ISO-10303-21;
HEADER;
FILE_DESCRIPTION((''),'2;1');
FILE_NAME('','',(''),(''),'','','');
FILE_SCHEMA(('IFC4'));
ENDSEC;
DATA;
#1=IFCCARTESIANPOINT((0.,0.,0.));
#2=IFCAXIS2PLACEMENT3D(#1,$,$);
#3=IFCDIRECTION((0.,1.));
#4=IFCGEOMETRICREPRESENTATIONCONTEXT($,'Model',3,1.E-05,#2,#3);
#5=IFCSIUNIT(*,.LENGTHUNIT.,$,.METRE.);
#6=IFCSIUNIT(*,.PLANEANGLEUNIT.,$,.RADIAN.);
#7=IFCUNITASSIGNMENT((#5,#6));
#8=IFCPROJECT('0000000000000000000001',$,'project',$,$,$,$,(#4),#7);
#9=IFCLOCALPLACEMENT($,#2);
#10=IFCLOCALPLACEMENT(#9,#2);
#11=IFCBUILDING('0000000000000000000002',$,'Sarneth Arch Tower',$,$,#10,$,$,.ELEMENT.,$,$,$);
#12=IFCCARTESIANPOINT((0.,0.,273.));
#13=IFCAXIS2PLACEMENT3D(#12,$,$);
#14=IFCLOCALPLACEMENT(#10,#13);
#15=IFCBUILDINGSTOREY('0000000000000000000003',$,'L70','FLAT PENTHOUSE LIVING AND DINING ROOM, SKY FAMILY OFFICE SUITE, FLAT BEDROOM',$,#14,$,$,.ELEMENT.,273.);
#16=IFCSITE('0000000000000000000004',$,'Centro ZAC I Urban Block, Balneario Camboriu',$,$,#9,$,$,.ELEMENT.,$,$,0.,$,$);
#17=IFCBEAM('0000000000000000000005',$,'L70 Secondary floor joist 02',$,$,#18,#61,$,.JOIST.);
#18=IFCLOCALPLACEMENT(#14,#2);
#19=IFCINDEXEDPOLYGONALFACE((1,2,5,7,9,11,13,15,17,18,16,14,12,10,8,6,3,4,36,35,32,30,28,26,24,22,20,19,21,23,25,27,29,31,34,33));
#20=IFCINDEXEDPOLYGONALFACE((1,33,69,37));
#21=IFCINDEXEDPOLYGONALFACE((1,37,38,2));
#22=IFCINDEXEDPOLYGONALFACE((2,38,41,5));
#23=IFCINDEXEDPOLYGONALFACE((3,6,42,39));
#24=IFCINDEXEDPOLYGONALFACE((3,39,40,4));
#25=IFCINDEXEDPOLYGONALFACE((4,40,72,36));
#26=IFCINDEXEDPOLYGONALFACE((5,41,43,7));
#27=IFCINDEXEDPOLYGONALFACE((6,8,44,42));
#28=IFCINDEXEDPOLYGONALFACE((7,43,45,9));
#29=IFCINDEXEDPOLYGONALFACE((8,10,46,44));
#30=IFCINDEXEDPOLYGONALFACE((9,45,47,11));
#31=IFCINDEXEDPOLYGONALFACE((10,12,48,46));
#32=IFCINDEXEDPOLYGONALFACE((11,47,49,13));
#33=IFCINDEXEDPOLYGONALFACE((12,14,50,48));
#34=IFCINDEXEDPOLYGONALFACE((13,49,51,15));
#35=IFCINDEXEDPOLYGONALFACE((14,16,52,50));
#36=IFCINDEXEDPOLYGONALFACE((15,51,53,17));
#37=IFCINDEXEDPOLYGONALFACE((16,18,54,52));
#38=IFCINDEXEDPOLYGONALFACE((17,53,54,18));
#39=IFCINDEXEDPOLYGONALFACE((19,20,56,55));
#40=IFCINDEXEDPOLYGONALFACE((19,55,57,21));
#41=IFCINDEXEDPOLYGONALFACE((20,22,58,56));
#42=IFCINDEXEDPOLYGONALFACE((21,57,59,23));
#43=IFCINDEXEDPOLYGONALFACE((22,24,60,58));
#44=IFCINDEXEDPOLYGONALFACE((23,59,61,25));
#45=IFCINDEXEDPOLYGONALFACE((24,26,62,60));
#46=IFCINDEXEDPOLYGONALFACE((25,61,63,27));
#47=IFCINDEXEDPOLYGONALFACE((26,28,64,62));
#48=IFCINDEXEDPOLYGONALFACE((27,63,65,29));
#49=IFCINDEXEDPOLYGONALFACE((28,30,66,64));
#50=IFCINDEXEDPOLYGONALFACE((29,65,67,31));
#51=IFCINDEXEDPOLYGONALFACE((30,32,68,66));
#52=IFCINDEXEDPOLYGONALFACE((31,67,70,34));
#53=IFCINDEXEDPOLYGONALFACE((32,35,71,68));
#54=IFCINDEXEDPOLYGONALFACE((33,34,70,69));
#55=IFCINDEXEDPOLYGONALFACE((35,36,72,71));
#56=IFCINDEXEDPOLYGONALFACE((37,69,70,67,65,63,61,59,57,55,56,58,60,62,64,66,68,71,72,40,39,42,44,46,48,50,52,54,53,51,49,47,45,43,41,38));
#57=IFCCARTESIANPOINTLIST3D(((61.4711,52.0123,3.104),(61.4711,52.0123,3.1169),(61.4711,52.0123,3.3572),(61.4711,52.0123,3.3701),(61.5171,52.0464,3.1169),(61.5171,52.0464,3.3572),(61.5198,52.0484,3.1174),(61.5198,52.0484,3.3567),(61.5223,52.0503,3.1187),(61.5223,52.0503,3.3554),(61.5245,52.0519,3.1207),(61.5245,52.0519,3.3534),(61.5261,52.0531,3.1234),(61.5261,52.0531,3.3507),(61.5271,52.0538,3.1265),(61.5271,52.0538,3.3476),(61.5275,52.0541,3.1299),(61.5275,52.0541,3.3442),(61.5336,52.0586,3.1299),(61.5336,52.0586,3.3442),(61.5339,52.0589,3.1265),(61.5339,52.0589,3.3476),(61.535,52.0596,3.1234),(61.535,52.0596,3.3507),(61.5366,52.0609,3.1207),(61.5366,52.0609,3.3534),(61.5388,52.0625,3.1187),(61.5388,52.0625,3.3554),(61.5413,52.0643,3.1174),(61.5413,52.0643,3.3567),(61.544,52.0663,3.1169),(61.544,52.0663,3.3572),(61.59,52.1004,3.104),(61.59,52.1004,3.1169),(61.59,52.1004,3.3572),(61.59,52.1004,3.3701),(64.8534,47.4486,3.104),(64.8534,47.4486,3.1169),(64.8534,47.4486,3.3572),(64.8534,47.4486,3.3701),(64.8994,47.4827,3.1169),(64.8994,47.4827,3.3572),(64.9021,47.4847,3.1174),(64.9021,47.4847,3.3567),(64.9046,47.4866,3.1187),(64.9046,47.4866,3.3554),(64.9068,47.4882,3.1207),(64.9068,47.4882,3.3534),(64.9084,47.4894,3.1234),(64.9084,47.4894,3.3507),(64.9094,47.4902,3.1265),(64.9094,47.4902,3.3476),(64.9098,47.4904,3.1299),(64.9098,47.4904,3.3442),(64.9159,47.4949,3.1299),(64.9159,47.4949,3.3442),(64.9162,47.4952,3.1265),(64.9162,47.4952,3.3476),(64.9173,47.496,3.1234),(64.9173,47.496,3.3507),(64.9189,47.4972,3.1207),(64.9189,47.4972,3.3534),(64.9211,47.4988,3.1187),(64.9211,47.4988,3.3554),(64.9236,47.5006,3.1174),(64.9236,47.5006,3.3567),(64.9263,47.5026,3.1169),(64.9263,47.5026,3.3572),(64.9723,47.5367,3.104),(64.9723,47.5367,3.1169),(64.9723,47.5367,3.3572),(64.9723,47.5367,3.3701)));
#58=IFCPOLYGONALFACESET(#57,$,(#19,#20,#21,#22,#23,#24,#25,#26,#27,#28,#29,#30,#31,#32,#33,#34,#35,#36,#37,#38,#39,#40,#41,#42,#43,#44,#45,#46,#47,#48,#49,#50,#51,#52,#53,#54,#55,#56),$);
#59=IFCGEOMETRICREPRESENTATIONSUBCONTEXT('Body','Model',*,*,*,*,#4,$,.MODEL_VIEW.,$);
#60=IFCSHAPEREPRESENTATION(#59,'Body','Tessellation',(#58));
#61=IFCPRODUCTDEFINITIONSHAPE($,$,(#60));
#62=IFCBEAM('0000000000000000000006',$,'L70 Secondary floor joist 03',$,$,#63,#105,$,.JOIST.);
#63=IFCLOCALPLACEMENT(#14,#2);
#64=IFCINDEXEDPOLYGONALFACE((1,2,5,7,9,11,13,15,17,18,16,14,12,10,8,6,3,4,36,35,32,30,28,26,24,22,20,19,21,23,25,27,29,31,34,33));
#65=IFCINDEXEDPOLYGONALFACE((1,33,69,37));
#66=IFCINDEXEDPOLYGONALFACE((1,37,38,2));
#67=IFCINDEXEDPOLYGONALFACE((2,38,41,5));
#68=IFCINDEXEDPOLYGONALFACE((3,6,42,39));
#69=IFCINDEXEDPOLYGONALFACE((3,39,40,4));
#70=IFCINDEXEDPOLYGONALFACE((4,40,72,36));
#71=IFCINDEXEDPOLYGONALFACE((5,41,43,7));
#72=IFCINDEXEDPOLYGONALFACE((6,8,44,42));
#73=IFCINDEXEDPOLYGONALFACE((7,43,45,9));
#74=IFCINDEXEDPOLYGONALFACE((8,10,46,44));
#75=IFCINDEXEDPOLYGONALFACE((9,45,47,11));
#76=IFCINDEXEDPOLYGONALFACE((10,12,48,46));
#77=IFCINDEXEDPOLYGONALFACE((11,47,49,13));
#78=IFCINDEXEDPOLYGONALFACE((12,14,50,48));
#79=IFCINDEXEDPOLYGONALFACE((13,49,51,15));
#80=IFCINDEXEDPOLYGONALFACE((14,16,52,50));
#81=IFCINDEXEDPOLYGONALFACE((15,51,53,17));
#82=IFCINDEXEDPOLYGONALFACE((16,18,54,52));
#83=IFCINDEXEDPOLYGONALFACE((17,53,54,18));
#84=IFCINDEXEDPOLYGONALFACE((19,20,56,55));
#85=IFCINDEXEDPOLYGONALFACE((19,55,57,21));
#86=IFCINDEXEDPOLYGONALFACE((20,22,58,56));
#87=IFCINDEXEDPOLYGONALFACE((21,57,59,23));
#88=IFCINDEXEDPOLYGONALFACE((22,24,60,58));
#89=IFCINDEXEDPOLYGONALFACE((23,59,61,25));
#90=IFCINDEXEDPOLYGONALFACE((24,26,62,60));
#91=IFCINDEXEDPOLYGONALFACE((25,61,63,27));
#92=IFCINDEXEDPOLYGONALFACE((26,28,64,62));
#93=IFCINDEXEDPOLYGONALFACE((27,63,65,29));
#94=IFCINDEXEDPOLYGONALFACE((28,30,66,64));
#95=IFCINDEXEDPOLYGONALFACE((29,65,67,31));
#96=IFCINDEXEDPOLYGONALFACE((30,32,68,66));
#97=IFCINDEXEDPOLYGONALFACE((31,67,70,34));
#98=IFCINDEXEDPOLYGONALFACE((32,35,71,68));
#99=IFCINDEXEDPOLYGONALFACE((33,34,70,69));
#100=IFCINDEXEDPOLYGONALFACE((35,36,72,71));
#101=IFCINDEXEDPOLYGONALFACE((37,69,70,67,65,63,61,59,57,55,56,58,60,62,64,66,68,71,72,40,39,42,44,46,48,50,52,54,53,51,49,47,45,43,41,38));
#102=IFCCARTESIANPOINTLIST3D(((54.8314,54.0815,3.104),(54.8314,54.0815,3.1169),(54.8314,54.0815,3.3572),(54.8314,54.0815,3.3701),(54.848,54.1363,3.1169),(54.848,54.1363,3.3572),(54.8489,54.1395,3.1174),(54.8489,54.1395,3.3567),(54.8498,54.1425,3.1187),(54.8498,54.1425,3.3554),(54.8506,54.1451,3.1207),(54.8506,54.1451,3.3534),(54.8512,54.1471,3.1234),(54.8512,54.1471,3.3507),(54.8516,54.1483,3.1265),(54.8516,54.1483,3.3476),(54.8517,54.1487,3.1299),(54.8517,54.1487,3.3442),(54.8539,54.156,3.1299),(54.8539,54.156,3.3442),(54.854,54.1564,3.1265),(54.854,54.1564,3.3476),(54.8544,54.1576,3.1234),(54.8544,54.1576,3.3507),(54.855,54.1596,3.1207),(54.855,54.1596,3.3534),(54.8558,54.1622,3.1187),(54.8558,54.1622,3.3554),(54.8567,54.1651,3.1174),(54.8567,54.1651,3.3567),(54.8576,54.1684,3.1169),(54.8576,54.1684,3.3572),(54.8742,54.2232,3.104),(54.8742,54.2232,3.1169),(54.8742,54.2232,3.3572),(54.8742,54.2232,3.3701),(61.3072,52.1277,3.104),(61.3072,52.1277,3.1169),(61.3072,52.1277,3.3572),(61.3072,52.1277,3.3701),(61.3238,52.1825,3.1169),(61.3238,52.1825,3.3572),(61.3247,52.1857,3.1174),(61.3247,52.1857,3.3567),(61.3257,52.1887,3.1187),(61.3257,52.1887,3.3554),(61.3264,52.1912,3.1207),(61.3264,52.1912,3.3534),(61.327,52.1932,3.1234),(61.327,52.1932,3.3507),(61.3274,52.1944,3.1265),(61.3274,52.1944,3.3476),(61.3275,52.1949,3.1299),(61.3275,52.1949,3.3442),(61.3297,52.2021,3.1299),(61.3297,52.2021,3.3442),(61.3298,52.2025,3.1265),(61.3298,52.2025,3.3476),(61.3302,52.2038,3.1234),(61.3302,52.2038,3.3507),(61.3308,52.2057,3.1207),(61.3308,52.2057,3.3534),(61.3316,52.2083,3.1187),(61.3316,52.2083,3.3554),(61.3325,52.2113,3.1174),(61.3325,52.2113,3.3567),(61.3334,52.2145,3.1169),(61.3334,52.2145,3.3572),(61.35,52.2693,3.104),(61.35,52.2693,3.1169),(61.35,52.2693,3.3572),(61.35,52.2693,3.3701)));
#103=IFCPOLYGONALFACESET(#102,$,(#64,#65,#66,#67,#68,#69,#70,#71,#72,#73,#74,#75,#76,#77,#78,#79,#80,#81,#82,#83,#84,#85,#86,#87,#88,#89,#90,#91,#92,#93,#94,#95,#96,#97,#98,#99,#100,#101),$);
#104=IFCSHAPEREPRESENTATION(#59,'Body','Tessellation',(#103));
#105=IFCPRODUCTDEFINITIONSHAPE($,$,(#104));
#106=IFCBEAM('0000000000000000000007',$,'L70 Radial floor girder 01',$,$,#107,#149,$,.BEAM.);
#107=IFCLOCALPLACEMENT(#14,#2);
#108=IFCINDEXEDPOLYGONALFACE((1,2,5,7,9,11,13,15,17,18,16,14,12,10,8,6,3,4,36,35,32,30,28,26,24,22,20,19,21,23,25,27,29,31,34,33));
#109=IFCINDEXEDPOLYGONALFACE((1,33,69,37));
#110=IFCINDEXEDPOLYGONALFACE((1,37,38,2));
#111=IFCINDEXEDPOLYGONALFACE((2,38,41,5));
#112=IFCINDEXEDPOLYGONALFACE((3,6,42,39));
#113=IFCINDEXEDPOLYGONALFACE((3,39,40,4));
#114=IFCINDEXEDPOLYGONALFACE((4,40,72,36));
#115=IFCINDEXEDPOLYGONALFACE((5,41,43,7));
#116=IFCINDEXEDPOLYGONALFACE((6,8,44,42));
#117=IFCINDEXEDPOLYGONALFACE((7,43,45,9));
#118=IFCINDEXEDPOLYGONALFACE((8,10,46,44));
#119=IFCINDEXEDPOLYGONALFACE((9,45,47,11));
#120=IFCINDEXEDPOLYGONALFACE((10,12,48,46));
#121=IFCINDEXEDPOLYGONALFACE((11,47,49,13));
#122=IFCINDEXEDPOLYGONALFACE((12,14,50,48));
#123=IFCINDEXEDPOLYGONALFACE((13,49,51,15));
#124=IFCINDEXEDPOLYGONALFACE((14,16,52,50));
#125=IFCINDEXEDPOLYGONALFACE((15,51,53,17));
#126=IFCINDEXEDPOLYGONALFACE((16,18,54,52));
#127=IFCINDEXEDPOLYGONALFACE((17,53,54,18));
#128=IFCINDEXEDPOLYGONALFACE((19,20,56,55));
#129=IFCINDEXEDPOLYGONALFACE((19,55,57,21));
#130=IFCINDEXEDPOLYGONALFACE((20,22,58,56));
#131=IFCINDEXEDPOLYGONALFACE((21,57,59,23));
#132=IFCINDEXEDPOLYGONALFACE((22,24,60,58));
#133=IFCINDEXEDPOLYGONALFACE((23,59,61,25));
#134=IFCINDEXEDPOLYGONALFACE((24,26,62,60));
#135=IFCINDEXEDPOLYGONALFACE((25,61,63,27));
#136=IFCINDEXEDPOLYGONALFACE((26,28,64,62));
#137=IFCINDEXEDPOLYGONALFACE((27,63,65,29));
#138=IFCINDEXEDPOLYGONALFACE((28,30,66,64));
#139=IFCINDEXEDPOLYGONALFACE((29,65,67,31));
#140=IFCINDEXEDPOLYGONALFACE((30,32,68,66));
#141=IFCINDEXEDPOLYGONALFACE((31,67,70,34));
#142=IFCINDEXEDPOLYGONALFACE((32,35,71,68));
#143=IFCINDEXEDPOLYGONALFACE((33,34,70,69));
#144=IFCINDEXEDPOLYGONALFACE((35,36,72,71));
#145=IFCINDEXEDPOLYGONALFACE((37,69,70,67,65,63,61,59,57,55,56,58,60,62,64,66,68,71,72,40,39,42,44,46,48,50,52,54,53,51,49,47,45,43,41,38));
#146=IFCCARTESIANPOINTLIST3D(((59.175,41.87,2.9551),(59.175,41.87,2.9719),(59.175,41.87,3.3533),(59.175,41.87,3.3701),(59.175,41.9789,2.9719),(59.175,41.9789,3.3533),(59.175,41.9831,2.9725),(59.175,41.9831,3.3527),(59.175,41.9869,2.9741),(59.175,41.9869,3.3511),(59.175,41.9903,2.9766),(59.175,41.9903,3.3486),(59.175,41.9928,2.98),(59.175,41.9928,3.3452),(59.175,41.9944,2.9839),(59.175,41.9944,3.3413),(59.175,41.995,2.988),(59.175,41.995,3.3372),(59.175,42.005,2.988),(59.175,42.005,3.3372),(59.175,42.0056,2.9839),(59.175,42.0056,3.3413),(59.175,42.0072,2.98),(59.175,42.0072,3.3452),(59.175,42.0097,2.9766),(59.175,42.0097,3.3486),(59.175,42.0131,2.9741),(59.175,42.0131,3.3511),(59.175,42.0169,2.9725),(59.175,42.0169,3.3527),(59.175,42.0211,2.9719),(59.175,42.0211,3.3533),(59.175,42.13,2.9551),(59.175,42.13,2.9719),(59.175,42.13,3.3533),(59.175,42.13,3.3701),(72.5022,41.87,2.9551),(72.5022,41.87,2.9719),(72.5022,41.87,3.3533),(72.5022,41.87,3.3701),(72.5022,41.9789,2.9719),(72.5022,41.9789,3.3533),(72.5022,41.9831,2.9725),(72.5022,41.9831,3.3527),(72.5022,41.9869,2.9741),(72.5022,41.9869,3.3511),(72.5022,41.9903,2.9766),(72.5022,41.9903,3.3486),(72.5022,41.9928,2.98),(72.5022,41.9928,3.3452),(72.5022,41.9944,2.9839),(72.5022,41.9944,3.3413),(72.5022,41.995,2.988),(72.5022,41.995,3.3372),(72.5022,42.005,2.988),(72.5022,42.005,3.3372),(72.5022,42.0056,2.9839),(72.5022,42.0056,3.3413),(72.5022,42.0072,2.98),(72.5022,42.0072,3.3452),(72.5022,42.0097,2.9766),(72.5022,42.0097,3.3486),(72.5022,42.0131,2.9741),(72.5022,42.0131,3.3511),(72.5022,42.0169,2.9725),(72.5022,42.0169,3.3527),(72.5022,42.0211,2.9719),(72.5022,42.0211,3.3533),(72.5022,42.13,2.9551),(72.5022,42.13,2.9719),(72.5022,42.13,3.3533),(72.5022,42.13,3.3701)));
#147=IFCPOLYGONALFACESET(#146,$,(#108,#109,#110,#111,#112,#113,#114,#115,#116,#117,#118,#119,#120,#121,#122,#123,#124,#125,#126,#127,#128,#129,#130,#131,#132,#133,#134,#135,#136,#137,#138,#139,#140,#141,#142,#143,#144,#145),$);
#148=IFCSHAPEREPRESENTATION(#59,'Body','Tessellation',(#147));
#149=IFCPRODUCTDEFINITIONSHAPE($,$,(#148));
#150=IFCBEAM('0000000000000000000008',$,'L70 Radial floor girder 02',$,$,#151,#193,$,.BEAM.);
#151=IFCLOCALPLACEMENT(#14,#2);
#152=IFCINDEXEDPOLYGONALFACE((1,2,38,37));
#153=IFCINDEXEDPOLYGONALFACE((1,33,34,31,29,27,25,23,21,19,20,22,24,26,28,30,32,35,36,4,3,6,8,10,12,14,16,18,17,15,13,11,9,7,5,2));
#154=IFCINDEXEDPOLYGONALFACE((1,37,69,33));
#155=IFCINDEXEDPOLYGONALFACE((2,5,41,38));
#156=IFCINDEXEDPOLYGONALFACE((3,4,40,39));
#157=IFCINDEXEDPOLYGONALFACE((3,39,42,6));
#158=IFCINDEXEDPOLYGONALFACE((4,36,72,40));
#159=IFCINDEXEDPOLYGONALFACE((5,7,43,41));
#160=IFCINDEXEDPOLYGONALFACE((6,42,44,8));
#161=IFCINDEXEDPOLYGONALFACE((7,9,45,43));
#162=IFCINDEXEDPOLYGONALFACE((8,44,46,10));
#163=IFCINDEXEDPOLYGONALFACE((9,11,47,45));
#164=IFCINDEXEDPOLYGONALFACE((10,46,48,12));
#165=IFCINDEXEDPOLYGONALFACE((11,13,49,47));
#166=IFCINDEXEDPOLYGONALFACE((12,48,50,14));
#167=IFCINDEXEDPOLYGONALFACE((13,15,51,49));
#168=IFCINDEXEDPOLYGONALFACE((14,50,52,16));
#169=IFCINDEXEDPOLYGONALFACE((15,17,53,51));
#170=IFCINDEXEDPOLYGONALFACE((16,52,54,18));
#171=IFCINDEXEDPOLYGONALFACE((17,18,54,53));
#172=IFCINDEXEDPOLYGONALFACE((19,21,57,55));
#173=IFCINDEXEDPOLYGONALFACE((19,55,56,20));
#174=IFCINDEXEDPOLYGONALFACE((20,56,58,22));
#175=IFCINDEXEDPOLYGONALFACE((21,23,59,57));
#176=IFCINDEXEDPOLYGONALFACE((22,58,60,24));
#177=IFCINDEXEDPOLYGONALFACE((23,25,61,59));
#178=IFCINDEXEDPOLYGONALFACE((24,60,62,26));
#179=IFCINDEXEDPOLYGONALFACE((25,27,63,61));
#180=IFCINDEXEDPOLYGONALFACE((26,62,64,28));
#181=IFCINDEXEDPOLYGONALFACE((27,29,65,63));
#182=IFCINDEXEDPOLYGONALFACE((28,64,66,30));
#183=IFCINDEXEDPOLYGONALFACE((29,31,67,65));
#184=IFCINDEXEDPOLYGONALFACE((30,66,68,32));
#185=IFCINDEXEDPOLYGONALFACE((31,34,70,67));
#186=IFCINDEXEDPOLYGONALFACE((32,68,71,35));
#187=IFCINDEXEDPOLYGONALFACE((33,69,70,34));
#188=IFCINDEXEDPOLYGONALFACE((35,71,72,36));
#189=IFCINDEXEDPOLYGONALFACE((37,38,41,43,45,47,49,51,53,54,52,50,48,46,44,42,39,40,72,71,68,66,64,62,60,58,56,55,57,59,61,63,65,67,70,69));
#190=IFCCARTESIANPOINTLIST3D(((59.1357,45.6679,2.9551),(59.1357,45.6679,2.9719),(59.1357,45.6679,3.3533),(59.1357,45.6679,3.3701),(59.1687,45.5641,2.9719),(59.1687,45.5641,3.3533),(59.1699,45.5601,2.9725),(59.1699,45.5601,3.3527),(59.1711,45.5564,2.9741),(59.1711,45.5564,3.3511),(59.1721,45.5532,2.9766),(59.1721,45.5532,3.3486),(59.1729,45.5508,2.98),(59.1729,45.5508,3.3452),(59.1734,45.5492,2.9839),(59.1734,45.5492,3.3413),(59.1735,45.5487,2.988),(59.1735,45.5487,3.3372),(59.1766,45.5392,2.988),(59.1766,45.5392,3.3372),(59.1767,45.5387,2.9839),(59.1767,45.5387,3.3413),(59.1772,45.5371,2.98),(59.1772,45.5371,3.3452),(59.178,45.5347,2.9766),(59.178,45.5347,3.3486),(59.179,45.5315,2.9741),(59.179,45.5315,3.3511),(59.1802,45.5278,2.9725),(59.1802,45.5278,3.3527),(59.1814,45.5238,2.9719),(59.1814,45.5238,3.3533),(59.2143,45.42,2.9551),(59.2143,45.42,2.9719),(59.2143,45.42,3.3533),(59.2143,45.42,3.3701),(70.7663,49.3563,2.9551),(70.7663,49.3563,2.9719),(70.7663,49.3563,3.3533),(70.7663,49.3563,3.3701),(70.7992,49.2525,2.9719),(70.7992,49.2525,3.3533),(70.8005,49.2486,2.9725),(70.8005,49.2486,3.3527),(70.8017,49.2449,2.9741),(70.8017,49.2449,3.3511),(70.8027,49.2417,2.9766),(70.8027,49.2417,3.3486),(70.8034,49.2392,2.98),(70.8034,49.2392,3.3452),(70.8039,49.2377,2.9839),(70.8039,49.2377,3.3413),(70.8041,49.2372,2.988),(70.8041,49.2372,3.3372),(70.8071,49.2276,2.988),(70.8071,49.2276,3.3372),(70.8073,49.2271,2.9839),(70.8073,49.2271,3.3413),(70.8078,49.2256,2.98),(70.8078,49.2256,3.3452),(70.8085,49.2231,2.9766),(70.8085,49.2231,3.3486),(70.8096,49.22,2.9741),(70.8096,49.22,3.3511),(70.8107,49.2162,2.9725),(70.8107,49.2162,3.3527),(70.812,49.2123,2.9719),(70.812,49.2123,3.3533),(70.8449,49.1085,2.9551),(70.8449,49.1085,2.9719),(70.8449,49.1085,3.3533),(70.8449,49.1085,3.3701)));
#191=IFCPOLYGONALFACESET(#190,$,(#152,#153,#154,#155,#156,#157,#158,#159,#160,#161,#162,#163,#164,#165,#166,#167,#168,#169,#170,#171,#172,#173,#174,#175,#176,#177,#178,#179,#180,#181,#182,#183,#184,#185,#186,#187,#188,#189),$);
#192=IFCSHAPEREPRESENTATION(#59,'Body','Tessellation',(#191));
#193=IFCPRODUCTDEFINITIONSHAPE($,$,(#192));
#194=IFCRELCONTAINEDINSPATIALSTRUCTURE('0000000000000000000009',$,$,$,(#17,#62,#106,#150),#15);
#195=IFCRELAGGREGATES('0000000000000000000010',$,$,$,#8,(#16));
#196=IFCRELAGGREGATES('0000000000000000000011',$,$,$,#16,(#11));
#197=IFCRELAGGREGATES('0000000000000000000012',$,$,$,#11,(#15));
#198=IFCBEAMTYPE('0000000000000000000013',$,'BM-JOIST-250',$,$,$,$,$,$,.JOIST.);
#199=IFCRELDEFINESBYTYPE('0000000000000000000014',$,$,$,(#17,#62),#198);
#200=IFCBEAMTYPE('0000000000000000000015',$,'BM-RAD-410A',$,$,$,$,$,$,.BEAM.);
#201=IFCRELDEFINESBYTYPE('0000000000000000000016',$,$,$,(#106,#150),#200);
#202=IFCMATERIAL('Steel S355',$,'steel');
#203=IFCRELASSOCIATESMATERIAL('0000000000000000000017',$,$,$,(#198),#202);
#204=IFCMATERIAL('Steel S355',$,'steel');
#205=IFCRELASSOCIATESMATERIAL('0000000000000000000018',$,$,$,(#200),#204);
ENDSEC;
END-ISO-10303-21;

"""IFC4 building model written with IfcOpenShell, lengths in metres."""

from ifc_helpers import new_model, si_unit, direction, frame, origin, origin_2d, place, context, subcontext, project, spatial, i_section, extrude, material, material_profile, profile_set, type_object, element, save


model = new_model("IFC4")

# Units and contexts
model_context = context("Model", 3, precision=1e-05, world=origin(), true_north=direction((0.0, 1.0)))
body_context = subcontext(model_context, "Body", "Model", "MODEL_VIEW")
ifc_project = project(units=[si_unit("LENGTHUNIT", "METRE"), si_unit("PLANEANGLEUNIT", "RADIAN")], contexts=[model_context])

# Site, building, storey
site_placement = place(None, origin())
site = spatial("IfcSite", under=ifc_project, at=site_placement, Name="Centro ZAC I Urban Block, Balneario Camboriu", CompositionType="ELEMENT", RefElevation=0.0)
building_placement = place(site_placement, origin())
building = spatial("IfcBuilding", under=site, at=building_placement, Name="Sarneth Arch Tower", CompositionType="ELEMENT")
storey_placement = place(building_placement, frame((0.0, 0.0, 273.0)))
storey = spatial("IfcBuildingStorey", under=building, at=storey_placement, Name="L70", Description="FLAT PENTHOUSE LIVING AND DINING ROOM, SKY FAMILY OFFICE SUITE, FLAT BEDROOM", CompositionType="ELEMENT", Elevation=273.0)

# Beams
ifc_material_1 = material(Name="Steel S355", Category="steel")
ifc_material_profile_1 = material_profile(ifc_material_1, i_section(OverallWidth=0.1479, OverallDepth=0.2661, WebThickness=0.0076, FlangeThickness=0.0129, FilletRadius=0.0129, at=origin_2d()), Name="W250x44.8")
ifc_profile_set_1 = profile_set([ifc_material_profile_1], Name="Steel S355")
beam_type_1 = type_object("IfcBeamType", Name="BM-JOIST-250", PredefinedType="JOIST", material=ifc_profile_set_1)
beam_1_placement = place(storey_placement, frame((64.9128, 47.4927, 3.2371), z_axis=(-0.595431, 0.803406, 0.0), x_axis=(-0.803406, -0.595431, 0.0)))
element("IfcBeam", 1, at=beam_1_placement, inside=storey, type_object=beam_type_1, Name="L70 Secondary floor joist 02", PredefinedType="JOIST", context=body_context, shape_type="SweptSolid", body=[
    extrude(i_section(OverallWidth=0.1479, OverallDepth=0.2661, WebThickness=0.0076, FlangeThickness=0.0129, FilletRadius=0.0129, at=origin_2d()), origin(), (0.0, 0.0, 1.0), 5.6804),
])
beam_2_placement = place(storey_placement, frame((61.3286, 52.1985, 3.2371), z_axis=(-0.957373, 0.288854, 0.0), x_axis=(-0.288854, -0.957373, 0.0)))
element("IfcBeam", 2, at=beam_2_placement, inside=storey, type_object=beam_type_1, Name="L70 Secondary floor joist 03", PredefinedType="JOIST", context=body_context, shape_type="SweptSolid", body=[
    extrude(i_section(OverallWidth=0.1479, OverallDepth=0.2661, WebThickness=0.0076, FlangeThickness=0.0129, FilletRadius=0.0129, at=origin_2d()), origin(), (0.0, 0.0, 1.0), 6.7642),
])
ifc_material_2 = material(Name="Steel S355", Category="steel")
ifc_material_profile_2 = material_profile(ifc_material_2, i_section(OverallWidth=0.26, OverallDepth=0.415, WebThickness=0.01, FlangeThickness=0.0168, FilletRadius=0.0161, at=origin_2d()), Name="W410x100")
ifc_profile_set_2 = profile_set([ifc_material_profile_2], Name="Steel S355")
beam_type_2 = type_object("IfcBeamType", Name="BM-RAD-410A", PredefinedType="BEAM", material=ifc_profile_set_2)
beam_3_placement = place(storey_placement, frame((59.175, 42.0, 3.1626), z_axis=(1.0, 0.0, 0.0), x_axis=(0.0, 1.0, 0.0)))
element("IfcBeam", 3, at=beam_3_placement, inside=storey, type_object=beam_type_2, Name="L70 Radial floor girder 01", PredefinedType="BEAM", context=body_context, shape_type="SweptSolid", body=[
    extrude(i_section(OverallWidth=0.26, OverallDepth=0.415, WebThickness=0.01, FlangeThickness=0.0168, FilletRadius=0.0161, at=origin_2d()), origin(), (0.0, 0.0, 1.0), 13.3271),
])
beam_4_placement = place(storey_placement, frame((59.175, 45.5439, 3.1626), z_axis=(0.953214, 0.302298, 0.0), x_axis=(-0.302298, 0.953214, 0.0)))
element("IfcBeam", 4, at=beam_4_placement, inside=storey, type_object=beam_type_2, Name="L70 Radial floor girder 02", PredefinedType="BEAM", context=body_context, shape_type="SweptSolid", body=[
    extrude(i_section(OverallWidth=0.26, OverallDepth=0.415, WebThickness=0.01, FlangeThickness=0.0168, FilletRadius=0.0161, at=origin_2d()), origin(), (0.0, 0.0, 1.0), 12.2014),
])

save(model, "model.ifc")
